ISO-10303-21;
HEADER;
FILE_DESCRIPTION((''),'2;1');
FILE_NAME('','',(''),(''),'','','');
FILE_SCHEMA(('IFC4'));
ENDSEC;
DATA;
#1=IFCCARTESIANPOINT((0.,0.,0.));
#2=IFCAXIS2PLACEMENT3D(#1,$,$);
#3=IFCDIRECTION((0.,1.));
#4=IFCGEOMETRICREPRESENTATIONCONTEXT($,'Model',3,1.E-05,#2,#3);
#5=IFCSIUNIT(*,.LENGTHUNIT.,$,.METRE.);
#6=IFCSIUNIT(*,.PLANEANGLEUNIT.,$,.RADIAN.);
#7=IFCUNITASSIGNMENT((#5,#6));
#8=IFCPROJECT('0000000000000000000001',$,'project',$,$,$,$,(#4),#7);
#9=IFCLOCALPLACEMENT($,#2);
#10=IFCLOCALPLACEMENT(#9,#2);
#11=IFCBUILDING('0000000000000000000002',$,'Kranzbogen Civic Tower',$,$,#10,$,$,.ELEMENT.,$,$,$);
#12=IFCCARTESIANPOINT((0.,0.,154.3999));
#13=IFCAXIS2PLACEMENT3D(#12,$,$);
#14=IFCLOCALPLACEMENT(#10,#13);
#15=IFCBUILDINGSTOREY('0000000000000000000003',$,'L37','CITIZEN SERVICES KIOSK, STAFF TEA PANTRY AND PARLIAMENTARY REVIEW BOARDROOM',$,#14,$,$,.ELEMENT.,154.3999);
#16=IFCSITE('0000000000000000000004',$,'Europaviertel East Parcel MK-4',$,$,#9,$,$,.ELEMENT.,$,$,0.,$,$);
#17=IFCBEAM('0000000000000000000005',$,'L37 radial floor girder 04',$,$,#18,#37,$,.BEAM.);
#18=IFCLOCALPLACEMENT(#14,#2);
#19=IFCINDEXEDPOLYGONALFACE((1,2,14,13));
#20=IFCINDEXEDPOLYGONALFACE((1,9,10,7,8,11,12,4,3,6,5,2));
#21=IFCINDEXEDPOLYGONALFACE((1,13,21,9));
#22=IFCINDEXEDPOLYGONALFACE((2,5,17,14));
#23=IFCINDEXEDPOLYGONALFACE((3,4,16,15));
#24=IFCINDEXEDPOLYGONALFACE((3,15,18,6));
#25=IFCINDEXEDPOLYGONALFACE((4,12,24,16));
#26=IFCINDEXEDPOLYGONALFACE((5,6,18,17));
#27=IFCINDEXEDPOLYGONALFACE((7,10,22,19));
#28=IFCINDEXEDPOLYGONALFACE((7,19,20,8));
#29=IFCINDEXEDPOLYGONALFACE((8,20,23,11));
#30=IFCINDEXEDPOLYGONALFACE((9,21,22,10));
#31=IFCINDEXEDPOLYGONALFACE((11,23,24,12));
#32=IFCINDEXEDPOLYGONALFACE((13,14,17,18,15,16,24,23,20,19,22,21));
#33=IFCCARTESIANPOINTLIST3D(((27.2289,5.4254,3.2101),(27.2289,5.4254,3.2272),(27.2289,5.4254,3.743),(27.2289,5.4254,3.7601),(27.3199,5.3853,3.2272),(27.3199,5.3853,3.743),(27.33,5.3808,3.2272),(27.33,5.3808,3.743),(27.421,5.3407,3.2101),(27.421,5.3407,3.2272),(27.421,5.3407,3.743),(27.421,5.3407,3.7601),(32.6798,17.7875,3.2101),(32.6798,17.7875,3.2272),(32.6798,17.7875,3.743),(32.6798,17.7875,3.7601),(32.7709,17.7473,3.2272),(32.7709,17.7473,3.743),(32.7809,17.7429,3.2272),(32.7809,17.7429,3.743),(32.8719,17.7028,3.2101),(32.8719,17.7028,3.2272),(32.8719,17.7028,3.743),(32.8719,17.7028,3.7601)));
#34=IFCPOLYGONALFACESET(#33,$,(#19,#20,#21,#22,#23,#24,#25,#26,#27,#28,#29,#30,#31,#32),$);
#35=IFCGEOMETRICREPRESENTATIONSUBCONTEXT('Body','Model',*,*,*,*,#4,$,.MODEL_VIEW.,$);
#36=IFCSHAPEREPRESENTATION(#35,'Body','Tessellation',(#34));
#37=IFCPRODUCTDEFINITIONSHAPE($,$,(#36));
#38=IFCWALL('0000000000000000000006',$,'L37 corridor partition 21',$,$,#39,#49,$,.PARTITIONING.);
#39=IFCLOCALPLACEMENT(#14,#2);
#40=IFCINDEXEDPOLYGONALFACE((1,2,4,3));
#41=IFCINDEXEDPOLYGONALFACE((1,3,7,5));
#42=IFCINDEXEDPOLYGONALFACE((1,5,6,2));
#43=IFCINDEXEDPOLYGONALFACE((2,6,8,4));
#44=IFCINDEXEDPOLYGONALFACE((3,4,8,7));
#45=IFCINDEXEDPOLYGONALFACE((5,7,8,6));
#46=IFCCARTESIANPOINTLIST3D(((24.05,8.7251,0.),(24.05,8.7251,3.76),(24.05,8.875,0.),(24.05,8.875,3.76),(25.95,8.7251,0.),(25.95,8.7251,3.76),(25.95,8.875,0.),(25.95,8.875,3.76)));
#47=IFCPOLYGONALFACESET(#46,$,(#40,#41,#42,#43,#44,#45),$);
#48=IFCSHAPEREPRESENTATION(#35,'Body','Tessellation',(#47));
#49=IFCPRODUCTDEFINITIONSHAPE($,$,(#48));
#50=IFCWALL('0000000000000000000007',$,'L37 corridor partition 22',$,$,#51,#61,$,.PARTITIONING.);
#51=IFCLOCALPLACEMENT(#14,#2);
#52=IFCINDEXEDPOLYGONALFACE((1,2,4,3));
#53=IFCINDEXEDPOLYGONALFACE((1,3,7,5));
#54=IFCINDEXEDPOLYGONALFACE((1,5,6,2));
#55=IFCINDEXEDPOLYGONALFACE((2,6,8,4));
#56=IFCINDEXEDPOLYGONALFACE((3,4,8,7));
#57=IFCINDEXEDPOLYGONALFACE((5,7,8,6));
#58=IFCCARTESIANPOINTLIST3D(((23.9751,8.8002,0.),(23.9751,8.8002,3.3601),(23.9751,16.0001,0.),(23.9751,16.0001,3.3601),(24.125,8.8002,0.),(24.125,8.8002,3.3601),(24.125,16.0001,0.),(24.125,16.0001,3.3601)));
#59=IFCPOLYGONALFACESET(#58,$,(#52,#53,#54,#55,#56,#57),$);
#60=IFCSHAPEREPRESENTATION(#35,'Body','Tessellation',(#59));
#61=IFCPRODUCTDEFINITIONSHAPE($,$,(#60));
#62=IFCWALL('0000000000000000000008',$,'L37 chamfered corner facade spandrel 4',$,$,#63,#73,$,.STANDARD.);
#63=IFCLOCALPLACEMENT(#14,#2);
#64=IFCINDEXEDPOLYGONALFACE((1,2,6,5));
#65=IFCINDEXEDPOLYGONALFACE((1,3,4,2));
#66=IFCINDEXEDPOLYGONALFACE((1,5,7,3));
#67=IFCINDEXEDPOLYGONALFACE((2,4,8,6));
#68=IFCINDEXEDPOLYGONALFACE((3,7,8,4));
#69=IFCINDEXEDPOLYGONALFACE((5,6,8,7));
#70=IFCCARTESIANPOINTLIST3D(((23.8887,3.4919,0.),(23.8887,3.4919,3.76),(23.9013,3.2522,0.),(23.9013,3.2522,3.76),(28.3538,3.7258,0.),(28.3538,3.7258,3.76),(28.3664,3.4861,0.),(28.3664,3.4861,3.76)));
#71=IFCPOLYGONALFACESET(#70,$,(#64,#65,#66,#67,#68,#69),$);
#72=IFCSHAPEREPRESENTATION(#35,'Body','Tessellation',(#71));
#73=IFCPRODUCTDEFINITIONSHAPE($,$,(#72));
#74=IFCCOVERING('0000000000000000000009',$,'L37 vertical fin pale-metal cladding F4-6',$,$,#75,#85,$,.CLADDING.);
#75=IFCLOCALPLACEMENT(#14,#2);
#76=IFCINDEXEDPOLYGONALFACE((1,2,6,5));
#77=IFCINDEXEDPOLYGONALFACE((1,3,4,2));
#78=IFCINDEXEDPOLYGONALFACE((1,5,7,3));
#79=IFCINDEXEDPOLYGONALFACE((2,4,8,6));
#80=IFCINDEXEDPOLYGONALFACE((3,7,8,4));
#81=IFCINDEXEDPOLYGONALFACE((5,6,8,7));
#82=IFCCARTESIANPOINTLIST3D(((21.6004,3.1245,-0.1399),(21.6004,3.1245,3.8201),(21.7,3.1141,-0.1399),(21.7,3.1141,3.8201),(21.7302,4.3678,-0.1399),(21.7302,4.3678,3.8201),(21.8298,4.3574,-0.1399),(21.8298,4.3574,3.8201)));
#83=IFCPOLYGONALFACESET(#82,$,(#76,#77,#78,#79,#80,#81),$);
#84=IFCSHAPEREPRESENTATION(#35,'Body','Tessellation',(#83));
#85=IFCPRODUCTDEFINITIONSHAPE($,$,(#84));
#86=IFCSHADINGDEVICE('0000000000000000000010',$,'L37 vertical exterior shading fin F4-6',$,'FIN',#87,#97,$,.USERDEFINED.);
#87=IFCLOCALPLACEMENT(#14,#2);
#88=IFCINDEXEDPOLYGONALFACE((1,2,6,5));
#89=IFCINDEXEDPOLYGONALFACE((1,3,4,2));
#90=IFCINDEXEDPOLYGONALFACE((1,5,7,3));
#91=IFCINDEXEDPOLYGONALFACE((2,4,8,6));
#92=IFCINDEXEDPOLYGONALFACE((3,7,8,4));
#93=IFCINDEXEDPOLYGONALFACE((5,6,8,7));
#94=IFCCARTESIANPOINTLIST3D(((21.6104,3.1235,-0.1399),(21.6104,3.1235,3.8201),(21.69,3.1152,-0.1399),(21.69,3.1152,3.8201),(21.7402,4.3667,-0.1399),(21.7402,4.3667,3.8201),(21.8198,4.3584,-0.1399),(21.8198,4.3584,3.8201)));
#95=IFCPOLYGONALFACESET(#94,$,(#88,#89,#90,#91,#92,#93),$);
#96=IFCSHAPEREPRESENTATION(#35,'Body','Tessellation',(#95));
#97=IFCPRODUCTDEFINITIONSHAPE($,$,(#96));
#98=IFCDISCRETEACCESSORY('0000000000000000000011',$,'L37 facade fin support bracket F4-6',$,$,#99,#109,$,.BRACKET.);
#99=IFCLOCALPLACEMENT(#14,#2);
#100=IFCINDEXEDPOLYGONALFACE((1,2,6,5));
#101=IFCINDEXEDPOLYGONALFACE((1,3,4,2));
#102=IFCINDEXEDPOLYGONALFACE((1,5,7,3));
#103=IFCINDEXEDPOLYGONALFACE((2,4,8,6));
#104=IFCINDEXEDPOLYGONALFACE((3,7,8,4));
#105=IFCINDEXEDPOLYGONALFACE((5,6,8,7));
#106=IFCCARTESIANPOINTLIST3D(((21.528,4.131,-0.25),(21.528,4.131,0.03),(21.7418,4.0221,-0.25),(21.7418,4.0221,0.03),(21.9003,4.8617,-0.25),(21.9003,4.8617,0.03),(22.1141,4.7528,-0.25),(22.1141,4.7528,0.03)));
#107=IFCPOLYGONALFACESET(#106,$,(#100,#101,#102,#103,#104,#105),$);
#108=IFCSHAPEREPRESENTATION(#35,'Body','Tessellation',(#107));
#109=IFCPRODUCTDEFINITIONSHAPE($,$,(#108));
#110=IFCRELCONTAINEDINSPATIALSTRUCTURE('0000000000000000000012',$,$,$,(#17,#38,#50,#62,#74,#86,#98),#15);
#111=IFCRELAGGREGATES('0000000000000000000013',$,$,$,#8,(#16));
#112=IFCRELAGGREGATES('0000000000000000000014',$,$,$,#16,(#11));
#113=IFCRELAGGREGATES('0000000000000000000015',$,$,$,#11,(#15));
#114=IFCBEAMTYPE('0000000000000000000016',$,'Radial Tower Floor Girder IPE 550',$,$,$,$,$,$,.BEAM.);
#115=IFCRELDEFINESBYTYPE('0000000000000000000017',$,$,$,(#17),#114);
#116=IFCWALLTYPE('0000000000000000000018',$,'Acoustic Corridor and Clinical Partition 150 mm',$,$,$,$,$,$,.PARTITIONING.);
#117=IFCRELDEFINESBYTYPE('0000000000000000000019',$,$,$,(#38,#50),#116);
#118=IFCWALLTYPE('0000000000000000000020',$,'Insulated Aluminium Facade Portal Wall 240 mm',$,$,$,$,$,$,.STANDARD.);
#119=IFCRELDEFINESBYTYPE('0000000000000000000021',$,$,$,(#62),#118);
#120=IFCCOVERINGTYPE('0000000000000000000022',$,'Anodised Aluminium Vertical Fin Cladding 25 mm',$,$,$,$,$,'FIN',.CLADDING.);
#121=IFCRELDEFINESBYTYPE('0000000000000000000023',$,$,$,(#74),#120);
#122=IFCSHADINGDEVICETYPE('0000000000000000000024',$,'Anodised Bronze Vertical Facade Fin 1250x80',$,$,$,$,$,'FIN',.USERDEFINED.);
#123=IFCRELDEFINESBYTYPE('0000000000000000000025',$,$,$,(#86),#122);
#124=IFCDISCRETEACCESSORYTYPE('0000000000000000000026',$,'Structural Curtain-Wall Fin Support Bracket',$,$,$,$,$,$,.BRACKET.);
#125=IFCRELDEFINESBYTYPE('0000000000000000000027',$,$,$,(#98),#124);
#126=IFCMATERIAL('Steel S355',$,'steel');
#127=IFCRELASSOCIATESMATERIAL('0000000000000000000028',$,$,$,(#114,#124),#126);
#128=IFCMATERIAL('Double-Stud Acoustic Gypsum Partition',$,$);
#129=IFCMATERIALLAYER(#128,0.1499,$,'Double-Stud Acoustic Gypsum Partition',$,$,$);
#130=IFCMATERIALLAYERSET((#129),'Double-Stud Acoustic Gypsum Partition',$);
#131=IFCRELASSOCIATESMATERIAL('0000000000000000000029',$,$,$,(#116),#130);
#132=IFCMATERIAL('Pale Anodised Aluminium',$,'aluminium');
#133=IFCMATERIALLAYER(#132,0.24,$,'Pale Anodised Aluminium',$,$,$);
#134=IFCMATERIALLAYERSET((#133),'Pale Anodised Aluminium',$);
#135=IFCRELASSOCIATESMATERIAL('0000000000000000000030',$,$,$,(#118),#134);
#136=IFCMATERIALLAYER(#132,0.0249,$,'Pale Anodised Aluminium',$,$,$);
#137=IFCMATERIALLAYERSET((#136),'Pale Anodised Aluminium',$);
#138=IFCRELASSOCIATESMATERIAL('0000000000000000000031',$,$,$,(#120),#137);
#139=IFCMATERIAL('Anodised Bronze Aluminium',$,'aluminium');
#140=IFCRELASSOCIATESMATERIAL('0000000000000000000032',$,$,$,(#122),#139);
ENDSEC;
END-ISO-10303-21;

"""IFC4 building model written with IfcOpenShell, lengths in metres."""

from ifc_helpers import new_model, si_unit, direction, frame, frame_2d, origin, origin_2d, place, context, subcontext, project, spatial, rectangle, i_section, extrude, material, layer, layer_set, material_profile, profile_set, type_object, element, save


model = new_model("IFC4")

# Units and contexts
model_context = context("Model", 3, precision=1e-05, world=origin(), true_north=direction((0.0, 1.0)))
body_context = subcontext(model_context, "Body", "Model", "MODEL_VIEW")
ifc_project = project(units=[si_unit("LENGTHUNIT", "METRE"), si_unit("PLANEANGLEUNIT", "RADIAN")], contexts=[model_context])

# Site, building, storey
site_placement = place(None, origin())
site = spatial("IfcSite", under=ifc_project, at=site_placement, Name="Europaviertel East Parcel MK-4", CompositionType="ELEMENT", RefElevation=0.0)
building_placement = place(site_placement, origin())
building = spatial("IfcBuilding", under=site, at=building_placement, Name="Kranzbogen Civic Tower", CompositionType="ELEMENT")
storey_placement = place(building_placement, frame((0.0, 0.0, 154.3999)))
storey = spatial("IfcBuildingStorey", under=building, at=storey_placement, Name="L37", Description="CITIZEN SERVICES KIOSK, STAFF TEA PANTRY AND PARLIAMENTARY REVIEW BOARDROOM", CompositionType="ELEMENT", Elevation=154.3999)

# Shared definitions
ifc_material_1 = material(Name="Steel S355", Category="steel")

# Shared definitions
ifc_material_2 = material(Name="Pale Anodised Aluminium", Category="aluminium")

# Beam
ifc_material_profile_1 = material_profile(ifc_material_1, i_section(OverallWidth=0.21, OverallDepth=0.55, WebThickness=0.011, FlangeThickness=0.0171, at=origin_2d()), Name="IPE 550")
ifc_profile_set_1 = profile_set([ifc_material_profile_1], Name="Steel S355")
beam_type_1 = type_object("IfcBeamType", Name="Radial Tower Floor Girder IPE 550", PredefinedType="BEAM", material=ifc_profile_set_1)
beam_1_placement = place(storey_placement, frame((27.325, 5.3831, 3.4851), z_axis=(0.403459, 0.914998, 0.0), x_axis=(-0.914998, 0.403459, 0.0)))
element("IfcBeam", 1, at=beam_1_placement, inside=storey, type_object=beam_type_1, Name="L37 radial floor girder 04", PredefinedType="BEAM", context=body_context, shape_type="SweptSolid", body=[
    extrude(i_section(OverallWidth=0.21, OverallDepth=0.55, WebThickness=0.011, FlangeThickness=0.0171, at=origin_2d()), origin(), (0.0, 0.0, 1.0), 13.5105),
])

# Walls
ifc_material_3 = material(Name="Double-Stud Acoustic Gypsum Partition")
ifc_layer_1 = layer(ifc_material_3, 0.1499, Name="Double-Stud Acoustic Gypsum Partition")
ifc_layer_set_1 = layer_set([ifc_layer_1], Name="Double-Stud Acoustic Gypsum Partition")
wall_type_1 = type_object("IfcWallType", Name="Acoustic Corridor and Clinical Partition 150 mm", PredefinedType="PARTITIONING", material=ifc_layer_set_1)
wall_1_placement = place(storey_placement, frame((25.95, 8.8, 0.0), z_axis=(0.0, 0.0, 1.0), x_axis=(-1.0, 0.0, 0.0)))
element("IfcWall", 2, at=wall_1_placement, inside=storey, type_object=wall_type_1, Name="L37 corridor partition 21", PredefinedType="PARTITIONING", context=body_context, shape_type="SweptSolid", body=[
    extrude(rectangle(XDim=1.8999, YDim=0.1499, at=frame_2d((0.95, 0.0))), origin(), (0.0, 0.0, 1.0), 3.76),
])
wall_2_placement = place(storey_placement, frame((24.05, 8.8, 0.0), z_axis=(0.0, 0.0, 1.0), x_axis=(0.0, 1.0, 0.0)))
element("IfcWall", 3, at=wall_2_placement, inside=storey, type_object=wall_type_1, Name="L37 corridor partition 22", PredefinedType="PARTITIONING", context=body_context, shape_type="SweptSolid", body=[
    extrude(rectangle(XDim=7.2, YDim=0.1499, at=frame_2d((3.6001, 0.0))), origin(), (0.0, 0.0, 1.0), 3.3601),
])
ifc_layer_2 = layer(ifc_material_2, 0.24, Name="Pale Anodised Aluminium")
ifc_layer_set_2 = layer_set([ifc_layer_2], Name="Pale Anodised Aluminium")
wall_type_2 = type_object("IfcWallType", Name="Insulated Aluminium Facade Portal Wall 240 mm", PredefinedType="STANDARD", material=ifc_layer_set_2)
wall_3_placement = place(storey_placement, frame((23.895, 3.3721, 0.0), z_axis=(0.0, 0.0, 1.0), x_axis=(0.998631, 0.052309, 0.0)))
element("IfcWall", 4, at=wall_3_placement, inside=storey, type_object=wall_type_2, Name="L37 chamfered corner facade spandrel 4", PredefinedType="STANDARD", context=body_context, shape_type="SweptSolid", body=[
    extrude(rectangle(XDim=4.4712, YDim=0.24, at=frame_2d((2.2356, 0.0))), origin(), (0.0, 0.0, 1.0), 3.76),
])

# Covering
ifc_layer_3 = layer(ifc_material_2, 0.0249, Name="Pale Anodised Aluminium")
ifc_layer_set_3 = layer_set([ifc_layer_3], Name="Pale Anodised Aluminium")
covering_type = type_object("IfcCoveringType", Name="Anodised Aluminium Vertical Fin Cladding 25 mm", ElementType="FIN", PredefinedType="CLADDING", material=ifc_layer_set_3)
covering_placement = place(storey_placement, frame((21.7151, 3.741, -0.1399), z_axis=(0.0, 0.0, 1.0), x_axis=(-0.103817, -0.994596, 0.0)))
element("IfcCovering", 5, at=covering_placement, inside=storey, type_object=covering_type, Name="L37 vertical fin pale-metal cladding F4-6", PredefinedType="CLADDING", context=body_context, shape_type="SweptSolid", body=[
    extrude(rectangle(XDim=1.25, YDim=0.1001, at=origin_2d()), origin(), (0.0, 0.0, 1.0), 3.96),
])

# Shading device
ifc_material_4 = material(Name="Anodised Bronze Aluminium", Category="aluminium")
shading_device_type = type_object("IfcShadingDeviceType", Name="Anodised Bronze Vertical Facade Fin 1250x80", ElementType="FIN", PredefinedType="USERDEFINED", material=ifc_material_4)
shading_device_placement = place(storey_placement, frame((21.7151, 3.741, -0.1399), z_axis=(0.0, 0.0, 1.0), x_axis=(-0.103817, -0.994596, 0.0)))
element("IfcShadingDevice", 6, at=shading_device_placement, inside=storey, type_object=shading_device_type, Name="L37 vertical exterior shading fin F4-6", ObjectType="FIN", PredefinedType="USERDEFINED", context=body_context, shape_type="SweptSolid", body=[
    extrude(rectangle(XDim=1.25, YDim=0.0801, at=origin_2d()), origin(), (0.0, 0.0, 1.0), 3.96),
])

# Discrete accessory
discrete_accessory_type = type_object("IfcDiscreteAccessoryType", Name="Structural Curtain-Wall Fin Support Bracket", PredefinedType="BRACKET", material=ifc_material_1)
discrete_accessory_placement = place(storey_placement, frame((21.821, 4.4419, -0.25), z_axis=(0.0, 0.0, 1.0), x_axis=(-0.45399, -0.891007, 0.0)))
element("IfcDiscreteAccessory", 7, at=discrete_accessory_placement, inside=storey, type_object=discrete_accessory_type, Name="L37 facade fin support bracket F4-6", PredefinedType="BRACKET", context=body_context, shape_type="SweptSolid", body=[
    extrude(rectangle(XDim=0.8201, YDim=0.24, at=origin_2d()), origin(), (0.0, 0.0, 1.0), 0.28),
])

save(model, "model.ifc")
